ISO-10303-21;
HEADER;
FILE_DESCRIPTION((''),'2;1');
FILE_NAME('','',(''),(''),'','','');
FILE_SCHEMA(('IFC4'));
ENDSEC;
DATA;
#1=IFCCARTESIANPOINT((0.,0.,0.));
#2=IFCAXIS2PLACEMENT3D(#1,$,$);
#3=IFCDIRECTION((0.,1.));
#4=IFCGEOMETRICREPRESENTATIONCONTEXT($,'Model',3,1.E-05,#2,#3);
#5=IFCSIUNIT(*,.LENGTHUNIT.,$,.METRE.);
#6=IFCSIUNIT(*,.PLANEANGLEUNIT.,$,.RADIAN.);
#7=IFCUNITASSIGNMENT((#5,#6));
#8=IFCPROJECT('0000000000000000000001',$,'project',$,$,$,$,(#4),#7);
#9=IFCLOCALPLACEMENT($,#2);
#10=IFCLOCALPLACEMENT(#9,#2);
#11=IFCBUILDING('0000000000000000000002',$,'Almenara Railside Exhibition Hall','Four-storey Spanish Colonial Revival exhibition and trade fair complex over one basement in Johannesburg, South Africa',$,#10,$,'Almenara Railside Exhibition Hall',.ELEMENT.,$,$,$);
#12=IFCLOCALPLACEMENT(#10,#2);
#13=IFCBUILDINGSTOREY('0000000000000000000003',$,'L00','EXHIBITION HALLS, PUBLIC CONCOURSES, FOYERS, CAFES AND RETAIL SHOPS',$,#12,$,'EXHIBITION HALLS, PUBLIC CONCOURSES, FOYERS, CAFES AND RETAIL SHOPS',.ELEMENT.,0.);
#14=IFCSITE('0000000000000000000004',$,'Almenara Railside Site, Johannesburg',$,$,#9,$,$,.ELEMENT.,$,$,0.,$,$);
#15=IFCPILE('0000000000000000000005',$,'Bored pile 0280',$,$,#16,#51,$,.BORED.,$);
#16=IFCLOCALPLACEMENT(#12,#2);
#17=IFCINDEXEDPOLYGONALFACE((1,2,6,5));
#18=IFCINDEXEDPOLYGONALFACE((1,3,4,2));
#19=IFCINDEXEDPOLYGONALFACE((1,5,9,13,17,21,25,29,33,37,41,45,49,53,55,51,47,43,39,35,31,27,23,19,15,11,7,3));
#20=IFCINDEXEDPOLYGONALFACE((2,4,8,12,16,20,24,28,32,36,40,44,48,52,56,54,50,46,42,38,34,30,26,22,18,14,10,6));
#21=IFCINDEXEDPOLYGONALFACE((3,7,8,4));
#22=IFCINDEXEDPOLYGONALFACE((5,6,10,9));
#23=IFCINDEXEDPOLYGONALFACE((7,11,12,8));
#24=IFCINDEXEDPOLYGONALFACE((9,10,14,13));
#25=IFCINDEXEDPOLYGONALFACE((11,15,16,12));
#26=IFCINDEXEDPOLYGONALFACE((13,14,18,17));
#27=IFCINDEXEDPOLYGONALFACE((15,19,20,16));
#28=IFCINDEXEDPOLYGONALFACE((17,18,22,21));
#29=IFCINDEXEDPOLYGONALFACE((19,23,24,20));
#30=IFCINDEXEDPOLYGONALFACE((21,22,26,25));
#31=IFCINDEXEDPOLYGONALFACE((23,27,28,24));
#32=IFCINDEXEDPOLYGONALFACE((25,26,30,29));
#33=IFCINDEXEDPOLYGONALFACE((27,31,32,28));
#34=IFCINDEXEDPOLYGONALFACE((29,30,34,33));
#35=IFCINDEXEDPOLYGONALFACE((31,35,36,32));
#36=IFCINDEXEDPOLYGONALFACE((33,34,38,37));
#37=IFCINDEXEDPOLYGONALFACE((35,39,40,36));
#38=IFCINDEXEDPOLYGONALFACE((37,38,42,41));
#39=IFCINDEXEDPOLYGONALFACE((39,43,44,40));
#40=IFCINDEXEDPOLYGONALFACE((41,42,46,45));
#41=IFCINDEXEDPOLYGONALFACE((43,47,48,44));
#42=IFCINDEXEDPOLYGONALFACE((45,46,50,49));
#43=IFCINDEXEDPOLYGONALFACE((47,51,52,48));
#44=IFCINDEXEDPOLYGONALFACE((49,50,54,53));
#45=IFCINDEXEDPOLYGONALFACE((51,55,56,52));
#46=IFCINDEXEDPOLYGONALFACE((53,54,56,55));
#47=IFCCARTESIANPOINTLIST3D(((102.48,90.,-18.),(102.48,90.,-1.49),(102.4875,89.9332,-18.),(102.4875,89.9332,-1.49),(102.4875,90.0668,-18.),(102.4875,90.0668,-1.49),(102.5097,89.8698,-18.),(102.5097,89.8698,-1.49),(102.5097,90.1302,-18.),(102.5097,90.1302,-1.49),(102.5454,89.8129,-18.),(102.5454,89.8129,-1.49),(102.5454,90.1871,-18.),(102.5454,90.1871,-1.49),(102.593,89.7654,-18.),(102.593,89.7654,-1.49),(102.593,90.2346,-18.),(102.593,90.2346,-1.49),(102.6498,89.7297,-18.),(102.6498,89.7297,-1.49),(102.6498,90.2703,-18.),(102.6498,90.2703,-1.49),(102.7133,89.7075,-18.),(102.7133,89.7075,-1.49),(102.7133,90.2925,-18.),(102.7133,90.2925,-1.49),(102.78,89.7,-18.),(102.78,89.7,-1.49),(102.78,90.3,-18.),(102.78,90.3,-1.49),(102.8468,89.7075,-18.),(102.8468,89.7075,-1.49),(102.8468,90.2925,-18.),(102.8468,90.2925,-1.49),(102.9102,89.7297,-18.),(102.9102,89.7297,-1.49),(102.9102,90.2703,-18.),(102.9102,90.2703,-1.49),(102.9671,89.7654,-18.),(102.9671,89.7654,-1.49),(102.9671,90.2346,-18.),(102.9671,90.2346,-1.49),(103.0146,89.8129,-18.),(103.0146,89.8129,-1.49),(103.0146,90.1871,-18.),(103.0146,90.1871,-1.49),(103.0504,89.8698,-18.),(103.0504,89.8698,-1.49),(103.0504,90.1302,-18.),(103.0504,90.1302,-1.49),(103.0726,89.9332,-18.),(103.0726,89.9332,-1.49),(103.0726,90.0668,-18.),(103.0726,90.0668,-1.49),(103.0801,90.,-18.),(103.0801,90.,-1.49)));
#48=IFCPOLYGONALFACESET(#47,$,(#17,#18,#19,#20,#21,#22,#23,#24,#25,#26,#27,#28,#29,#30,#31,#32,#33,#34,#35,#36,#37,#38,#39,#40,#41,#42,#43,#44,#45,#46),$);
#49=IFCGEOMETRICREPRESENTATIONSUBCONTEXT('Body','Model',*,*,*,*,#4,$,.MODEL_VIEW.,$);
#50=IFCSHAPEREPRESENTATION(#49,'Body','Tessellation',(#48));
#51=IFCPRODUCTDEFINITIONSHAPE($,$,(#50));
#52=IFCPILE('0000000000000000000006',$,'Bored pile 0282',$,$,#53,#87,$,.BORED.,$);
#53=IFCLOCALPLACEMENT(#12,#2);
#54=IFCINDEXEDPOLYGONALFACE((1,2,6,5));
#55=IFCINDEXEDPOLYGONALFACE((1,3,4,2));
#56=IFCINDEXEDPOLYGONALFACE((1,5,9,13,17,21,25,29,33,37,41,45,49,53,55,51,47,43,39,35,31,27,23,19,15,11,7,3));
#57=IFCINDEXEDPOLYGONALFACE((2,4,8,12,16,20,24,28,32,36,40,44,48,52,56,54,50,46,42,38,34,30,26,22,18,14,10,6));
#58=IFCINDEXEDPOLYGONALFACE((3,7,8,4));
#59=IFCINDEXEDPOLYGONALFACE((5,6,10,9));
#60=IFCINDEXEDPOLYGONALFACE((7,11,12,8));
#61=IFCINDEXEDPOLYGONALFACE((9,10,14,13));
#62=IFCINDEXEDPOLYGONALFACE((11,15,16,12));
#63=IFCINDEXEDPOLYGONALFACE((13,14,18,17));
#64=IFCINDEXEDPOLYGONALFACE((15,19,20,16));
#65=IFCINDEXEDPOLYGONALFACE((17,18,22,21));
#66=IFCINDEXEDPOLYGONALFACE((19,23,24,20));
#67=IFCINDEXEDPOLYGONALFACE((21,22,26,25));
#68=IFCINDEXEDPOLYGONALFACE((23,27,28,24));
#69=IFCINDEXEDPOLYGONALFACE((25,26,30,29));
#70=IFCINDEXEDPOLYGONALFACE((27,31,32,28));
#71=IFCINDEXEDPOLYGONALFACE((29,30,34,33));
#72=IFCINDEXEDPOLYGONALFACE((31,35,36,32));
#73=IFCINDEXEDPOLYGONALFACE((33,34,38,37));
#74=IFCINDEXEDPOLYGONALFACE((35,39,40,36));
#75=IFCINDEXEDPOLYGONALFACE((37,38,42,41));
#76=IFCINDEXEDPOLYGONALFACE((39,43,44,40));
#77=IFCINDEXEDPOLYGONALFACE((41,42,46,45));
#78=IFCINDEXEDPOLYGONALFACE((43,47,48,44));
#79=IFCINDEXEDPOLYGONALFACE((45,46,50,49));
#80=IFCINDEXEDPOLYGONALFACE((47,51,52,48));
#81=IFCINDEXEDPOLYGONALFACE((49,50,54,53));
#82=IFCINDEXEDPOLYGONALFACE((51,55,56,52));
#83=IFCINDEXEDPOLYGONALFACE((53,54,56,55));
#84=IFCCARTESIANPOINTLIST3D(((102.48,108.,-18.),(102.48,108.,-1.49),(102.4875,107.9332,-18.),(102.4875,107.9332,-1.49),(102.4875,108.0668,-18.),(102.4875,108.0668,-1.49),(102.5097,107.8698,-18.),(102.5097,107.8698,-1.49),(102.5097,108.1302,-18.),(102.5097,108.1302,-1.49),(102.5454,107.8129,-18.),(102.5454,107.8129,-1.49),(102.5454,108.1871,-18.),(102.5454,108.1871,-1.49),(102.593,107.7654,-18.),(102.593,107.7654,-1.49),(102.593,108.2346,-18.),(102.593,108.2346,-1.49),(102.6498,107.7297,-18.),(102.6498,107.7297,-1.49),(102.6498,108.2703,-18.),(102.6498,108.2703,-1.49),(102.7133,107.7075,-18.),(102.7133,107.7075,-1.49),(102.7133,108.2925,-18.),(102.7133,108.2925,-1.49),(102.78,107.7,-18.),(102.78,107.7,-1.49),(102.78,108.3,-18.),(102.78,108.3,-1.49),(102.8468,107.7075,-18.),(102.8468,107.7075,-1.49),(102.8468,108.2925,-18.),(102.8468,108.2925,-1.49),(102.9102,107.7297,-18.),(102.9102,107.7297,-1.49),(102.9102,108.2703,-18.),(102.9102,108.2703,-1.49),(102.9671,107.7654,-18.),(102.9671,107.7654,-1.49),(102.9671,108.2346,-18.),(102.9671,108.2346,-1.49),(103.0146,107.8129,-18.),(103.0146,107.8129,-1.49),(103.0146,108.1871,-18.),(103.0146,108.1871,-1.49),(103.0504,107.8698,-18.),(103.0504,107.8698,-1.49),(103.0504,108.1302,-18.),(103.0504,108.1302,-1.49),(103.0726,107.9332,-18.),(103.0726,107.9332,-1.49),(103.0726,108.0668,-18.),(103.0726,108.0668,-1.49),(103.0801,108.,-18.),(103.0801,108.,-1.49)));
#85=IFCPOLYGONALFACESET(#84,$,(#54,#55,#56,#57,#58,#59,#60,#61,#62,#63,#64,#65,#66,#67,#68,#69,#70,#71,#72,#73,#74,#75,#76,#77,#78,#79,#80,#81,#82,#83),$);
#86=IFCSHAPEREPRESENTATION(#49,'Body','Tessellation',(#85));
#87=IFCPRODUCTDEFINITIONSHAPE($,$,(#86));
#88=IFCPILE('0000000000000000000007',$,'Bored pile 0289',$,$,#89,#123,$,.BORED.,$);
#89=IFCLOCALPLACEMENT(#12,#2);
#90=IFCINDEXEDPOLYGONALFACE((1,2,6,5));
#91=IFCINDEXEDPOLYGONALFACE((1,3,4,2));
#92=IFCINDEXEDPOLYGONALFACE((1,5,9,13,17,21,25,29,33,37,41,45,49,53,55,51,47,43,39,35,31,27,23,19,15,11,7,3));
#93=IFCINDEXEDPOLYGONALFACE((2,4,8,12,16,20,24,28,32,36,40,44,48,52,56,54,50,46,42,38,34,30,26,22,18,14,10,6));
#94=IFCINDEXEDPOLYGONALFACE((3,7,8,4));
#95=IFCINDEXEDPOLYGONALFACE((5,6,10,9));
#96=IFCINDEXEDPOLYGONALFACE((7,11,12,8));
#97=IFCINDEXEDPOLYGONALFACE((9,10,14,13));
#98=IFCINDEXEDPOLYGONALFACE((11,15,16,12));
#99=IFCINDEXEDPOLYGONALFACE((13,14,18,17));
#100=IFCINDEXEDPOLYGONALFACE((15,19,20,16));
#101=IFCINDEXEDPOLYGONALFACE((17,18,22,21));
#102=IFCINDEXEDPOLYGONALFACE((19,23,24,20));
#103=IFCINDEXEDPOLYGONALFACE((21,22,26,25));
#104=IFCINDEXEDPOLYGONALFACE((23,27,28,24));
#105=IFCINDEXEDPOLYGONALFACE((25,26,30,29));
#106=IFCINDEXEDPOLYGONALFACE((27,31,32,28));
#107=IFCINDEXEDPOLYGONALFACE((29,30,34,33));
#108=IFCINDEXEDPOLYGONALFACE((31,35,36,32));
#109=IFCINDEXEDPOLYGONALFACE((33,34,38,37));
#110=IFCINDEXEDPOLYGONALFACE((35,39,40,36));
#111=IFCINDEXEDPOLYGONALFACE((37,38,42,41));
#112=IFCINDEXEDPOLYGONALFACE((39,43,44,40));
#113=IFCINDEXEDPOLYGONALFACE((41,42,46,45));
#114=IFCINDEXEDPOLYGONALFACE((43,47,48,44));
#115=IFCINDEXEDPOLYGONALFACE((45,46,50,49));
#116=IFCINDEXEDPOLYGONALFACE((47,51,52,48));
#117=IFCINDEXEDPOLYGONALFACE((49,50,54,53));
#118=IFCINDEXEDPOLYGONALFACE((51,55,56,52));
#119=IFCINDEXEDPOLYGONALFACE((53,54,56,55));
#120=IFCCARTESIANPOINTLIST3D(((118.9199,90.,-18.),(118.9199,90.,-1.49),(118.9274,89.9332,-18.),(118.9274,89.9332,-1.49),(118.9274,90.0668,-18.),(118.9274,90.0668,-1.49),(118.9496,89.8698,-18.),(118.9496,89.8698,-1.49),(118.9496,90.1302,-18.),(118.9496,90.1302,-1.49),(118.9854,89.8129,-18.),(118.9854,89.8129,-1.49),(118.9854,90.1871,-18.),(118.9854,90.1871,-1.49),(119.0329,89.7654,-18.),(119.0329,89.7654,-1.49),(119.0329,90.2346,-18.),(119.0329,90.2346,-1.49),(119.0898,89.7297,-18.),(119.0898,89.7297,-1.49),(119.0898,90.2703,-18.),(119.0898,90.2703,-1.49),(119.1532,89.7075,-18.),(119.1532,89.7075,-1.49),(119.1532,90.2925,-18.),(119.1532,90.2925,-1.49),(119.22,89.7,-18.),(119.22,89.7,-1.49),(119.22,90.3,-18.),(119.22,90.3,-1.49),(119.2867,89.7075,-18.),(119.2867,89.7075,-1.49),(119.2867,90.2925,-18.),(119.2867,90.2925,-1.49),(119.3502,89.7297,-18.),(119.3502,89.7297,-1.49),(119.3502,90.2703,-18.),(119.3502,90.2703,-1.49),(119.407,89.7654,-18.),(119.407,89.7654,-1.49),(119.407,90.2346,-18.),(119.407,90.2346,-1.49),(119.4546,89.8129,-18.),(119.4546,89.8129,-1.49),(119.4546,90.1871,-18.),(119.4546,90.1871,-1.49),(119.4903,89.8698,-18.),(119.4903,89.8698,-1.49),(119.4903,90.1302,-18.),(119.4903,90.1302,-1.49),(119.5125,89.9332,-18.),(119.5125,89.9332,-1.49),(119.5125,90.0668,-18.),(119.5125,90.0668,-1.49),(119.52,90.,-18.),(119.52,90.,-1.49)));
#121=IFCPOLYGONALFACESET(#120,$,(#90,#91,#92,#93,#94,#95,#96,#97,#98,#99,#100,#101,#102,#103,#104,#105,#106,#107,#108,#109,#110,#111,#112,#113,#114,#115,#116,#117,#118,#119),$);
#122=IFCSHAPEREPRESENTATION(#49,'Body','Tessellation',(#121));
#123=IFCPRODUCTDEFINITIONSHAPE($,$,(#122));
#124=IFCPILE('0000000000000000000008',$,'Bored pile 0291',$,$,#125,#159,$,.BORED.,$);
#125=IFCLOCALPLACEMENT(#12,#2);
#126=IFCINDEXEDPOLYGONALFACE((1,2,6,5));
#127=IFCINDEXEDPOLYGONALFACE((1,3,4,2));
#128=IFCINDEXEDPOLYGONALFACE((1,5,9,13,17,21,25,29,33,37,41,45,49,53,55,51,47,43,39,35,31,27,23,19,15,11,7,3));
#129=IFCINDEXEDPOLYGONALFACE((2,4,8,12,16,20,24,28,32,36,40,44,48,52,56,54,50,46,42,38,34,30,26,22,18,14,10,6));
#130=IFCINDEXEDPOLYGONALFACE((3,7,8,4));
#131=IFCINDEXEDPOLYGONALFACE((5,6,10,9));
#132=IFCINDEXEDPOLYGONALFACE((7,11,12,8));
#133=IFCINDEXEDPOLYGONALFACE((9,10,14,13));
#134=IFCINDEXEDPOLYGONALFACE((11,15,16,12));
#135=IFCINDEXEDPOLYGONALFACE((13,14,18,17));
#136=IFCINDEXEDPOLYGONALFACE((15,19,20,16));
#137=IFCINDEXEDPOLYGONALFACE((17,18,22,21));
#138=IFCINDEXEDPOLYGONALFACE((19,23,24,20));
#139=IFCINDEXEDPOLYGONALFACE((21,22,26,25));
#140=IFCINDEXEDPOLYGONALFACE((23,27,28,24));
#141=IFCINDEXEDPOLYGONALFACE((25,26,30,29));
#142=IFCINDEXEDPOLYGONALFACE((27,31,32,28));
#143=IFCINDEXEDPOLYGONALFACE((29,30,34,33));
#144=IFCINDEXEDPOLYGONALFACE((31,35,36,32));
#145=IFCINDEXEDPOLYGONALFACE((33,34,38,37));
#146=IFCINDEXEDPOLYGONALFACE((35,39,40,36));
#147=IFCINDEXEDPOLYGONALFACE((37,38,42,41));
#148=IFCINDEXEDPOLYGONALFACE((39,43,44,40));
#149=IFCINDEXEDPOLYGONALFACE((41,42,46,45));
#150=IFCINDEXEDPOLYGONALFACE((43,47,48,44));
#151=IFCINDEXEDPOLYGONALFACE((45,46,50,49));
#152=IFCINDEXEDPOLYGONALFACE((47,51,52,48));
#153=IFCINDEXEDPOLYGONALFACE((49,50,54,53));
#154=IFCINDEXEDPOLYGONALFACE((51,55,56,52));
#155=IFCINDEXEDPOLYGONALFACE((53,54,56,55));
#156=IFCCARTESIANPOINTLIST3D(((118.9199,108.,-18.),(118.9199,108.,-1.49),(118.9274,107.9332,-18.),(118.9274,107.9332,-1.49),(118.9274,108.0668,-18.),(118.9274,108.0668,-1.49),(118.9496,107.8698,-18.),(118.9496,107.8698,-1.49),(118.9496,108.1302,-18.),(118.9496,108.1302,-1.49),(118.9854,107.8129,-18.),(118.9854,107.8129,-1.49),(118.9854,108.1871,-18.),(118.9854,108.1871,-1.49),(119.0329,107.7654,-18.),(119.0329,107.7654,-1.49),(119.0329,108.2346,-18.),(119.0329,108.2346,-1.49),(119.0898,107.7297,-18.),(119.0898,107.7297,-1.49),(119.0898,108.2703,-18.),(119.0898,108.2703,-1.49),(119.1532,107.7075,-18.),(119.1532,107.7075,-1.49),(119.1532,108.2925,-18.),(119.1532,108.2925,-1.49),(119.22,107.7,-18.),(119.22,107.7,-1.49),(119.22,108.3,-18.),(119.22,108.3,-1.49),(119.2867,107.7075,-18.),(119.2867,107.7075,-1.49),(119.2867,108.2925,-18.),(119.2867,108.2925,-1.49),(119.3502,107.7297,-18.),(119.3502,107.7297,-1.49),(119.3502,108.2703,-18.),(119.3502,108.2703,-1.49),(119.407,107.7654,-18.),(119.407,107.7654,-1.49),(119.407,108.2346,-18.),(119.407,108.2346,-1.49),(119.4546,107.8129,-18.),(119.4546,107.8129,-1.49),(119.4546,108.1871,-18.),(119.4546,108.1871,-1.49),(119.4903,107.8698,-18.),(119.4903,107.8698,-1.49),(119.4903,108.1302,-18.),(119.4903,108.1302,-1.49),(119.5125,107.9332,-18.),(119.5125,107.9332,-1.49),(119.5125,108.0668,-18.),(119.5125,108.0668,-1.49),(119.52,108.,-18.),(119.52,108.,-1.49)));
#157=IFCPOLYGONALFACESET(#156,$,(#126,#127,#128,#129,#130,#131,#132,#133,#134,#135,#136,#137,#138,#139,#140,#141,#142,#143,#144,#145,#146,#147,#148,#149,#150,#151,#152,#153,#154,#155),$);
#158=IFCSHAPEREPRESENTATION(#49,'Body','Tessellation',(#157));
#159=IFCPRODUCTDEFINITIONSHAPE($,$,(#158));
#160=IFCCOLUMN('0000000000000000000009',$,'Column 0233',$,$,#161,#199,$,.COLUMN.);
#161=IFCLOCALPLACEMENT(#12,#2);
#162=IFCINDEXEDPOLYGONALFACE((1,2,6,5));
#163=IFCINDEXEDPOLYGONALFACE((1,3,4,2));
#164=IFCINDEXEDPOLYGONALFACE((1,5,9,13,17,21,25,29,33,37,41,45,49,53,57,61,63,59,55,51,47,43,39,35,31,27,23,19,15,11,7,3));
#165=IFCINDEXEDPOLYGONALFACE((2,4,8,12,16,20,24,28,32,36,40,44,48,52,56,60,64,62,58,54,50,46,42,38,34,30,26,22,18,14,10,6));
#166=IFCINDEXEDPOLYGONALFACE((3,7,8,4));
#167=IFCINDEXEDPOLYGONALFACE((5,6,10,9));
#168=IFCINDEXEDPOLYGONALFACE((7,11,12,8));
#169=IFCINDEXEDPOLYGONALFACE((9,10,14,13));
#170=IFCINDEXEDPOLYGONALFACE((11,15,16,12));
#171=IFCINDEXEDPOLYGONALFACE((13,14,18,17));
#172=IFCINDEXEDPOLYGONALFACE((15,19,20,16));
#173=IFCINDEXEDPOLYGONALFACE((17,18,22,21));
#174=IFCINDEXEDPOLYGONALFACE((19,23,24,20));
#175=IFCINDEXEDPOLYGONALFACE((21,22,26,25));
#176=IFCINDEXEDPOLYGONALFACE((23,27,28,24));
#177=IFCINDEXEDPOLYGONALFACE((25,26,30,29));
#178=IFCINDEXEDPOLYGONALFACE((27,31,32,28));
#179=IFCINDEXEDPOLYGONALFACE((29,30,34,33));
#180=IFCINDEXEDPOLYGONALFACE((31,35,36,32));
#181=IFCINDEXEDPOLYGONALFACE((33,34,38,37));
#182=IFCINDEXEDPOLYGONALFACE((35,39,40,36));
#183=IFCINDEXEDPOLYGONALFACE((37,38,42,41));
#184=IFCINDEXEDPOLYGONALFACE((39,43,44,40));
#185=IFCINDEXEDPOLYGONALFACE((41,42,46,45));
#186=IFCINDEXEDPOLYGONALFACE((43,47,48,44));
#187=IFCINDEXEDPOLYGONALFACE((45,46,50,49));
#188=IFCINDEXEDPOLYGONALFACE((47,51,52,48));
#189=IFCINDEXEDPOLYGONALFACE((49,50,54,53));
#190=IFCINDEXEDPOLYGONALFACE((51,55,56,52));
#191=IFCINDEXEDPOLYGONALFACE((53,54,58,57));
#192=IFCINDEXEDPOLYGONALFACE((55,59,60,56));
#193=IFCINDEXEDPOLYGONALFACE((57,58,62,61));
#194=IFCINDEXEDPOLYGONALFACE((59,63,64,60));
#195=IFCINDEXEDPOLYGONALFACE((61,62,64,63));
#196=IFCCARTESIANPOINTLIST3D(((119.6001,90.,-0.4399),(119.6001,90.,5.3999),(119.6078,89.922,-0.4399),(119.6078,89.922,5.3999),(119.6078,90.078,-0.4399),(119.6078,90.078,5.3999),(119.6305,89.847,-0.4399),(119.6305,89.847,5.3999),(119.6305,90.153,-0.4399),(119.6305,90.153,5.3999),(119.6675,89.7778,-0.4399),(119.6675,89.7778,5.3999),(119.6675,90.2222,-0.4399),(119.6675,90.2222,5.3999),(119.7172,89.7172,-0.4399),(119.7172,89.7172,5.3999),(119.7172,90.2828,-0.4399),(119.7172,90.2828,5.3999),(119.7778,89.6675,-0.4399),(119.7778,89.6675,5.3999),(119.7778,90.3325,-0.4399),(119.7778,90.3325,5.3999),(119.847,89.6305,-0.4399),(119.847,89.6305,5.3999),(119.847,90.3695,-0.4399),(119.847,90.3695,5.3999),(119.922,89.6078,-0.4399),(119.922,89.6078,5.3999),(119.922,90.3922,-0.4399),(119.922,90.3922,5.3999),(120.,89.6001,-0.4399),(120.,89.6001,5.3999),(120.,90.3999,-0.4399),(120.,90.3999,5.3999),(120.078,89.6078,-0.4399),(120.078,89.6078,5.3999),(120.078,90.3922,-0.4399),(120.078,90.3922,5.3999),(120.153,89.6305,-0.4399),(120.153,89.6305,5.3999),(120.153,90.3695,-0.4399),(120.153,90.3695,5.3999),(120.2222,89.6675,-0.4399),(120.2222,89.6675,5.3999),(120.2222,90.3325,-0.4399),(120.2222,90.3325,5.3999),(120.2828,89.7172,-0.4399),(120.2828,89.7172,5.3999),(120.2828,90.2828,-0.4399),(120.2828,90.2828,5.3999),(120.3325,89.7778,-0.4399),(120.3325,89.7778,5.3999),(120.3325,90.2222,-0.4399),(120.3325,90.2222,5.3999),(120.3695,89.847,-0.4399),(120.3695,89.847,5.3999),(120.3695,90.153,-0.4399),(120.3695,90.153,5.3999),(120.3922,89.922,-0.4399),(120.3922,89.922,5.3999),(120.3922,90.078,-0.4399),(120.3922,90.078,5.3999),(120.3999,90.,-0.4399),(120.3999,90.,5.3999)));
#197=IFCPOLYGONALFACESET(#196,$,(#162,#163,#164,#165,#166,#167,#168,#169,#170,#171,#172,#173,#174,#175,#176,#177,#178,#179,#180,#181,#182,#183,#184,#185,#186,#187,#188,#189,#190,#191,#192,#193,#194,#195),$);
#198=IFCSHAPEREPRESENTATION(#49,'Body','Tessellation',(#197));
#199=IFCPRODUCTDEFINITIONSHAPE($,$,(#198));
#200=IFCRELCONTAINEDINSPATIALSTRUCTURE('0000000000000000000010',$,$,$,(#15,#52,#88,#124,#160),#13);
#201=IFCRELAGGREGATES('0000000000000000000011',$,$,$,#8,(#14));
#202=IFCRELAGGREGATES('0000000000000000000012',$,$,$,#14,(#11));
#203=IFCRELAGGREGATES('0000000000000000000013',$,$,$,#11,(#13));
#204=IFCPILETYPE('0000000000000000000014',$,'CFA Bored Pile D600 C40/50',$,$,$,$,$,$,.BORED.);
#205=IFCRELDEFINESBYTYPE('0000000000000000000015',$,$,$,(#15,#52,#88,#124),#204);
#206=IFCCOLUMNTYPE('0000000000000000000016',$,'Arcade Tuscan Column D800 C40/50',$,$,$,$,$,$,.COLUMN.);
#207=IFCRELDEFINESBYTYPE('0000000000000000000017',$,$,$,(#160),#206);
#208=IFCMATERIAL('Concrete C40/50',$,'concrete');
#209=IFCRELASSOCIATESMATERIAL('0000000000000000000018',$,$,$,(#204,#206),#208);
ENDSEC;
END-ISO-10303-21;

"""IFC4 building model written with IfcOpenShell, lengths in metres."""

from ifc_helpers import new_model, si_unit, direction, frame, origin, origin_2d, place, context, subcontext, project, spatial, circle, extrude, material, material_profile, profile_set, type_object, element, save


model = new_model("IFC4")

# Units and contexts
model_context = context("Model", 3, precision=1e-05, world=origin(), true_north=direction((0.0, 1.0)))
body_context = subcontext(model_context, "Body", "Model", "MODEL_VIEW")
ifc_project = project(units=[si_unit("LENGTHUNIT", "METRE"), si_unit("PLANEANGLEUNIT", "RADIAN")], contexts=[model_context])

# Site, building, storey
site_placement = place(None, origin())
site = spatial("IfcSite", under=ifc_project, at=site_placement, Name="Almenara Railside Site, Johannesburg", CompositionType="ELEMENT", RefElevation=0.0)
building_placement = place(site_placement, origin())
building = spatial("IfcBuilding", under=site, at=building_placement, Name="Almenara Railside Exhibition Hall", Description="Four-storey Spanish Colonial Revival exhibition and trade fair complex over one basement in Johannesburg, South Africa", LongName="Almenara Railside Exhibition Hall", CompositionType="ELEMENT")
storey_placement = place(building_placement, origin())
storey = spatial("IfcBuildingStorey", under=building, at=storey_placement, Name="L00", Description="EXHIBITION HALLS, PUBLIC CONCOURSES, FOYERS, CAFES AND RETAIL SHOPS", LongName="EXHIBITION HALLS, PUBLIC CONCOURSES, FOYERS, CAFES AND RETAIL SHOPS", CompositionType="ELEMENT", Elevation=0.0)

# Piles
ifc_material_1 = material(Name="Concrete C40/50", Category="concrete")
ifc_material_profile_1 = material_profile(ifc_material_1, circle(Radius=0.3, at=origin_2d()), Name="CFA-PILE D600")
ifc_profile_set_1 = profile_set([ifc_material_profile_1], Name="Concrete C40/50")
pile_type = type_object("IfcPileType", Name="CFA Bored Pile D600 C40/50", PredefinedType="BORED", material=ifc_profile_set_1)
for number, where, z_axis, x_axis, name in (
    (1, (102.78, 90.0, -1.49), (0.0, 0.0, -1.0), (1.0, 0.0, 0.0), "Bored pile 0280"),
    (2, (102.78, 108.0, -1.49), (0.0, 0.0, -1.0), (1.0, 0.0, 0.0), "Bored pile 0282"),
    (3, (119.22, 90.0, -1.49), (0.0, 0.0, -1.0), (1.0, 0.0, 0.0), "Bored pile 0289"),
    (4, (119.22, 108.0, -1.49), (0.0, 0.0, -1.0), (1.0, 0.0, 0.0), "Bored pile 0291"),
):
    element("IfcPile", number, at=place(storey_placement, frame(where, z_axis=z_axis, x_axis=x_axis)), inside=storey, type_object=pile_type, Name=name, PredefinedType="BORED", context=body_context, shape_type="SweptSolid", body=[
        extrude(circle(Radius=0.3, at=origin_2d()), origin(), (0.0, 0.0, 1.0), 16.51),
    ])

# Column
ifc_material_profile_2 = material_profile(ifc_material_1, circle(Radius=0.3999, at=origin_2d()), Name="RC-COL D800")
ifc_profile_set_2 = profile_set([ifc_material_profile_2], Name="Concrete C40/50")
column_type_1 = type_object("IfcColumnType", Name="Arcade Tuscan Column D800 C40/50", PredefinedType="COLUMN", material=ifc_profile_set_2)
column_1_placement = place(storey_placement, frame((120.0, 90.0, -0.4399), z_axis=(0.0, 0.0, 1.0), x_axis=(1.0, 0.0, 0.0)))
element("IfcColumn", 5, at=column_1_placement, inside=storey, type_object=column_type_1, Name="Column 0233", PredefinedType="COLUMN", context=body_context, shape_type="SweptSolid", body=[
    extrude(circle(Radius=0.3999, at=origin_2d()), origin(), (0.0, 0.0, 1.0), 5.8398),
])

save(model, "model.ifc")
